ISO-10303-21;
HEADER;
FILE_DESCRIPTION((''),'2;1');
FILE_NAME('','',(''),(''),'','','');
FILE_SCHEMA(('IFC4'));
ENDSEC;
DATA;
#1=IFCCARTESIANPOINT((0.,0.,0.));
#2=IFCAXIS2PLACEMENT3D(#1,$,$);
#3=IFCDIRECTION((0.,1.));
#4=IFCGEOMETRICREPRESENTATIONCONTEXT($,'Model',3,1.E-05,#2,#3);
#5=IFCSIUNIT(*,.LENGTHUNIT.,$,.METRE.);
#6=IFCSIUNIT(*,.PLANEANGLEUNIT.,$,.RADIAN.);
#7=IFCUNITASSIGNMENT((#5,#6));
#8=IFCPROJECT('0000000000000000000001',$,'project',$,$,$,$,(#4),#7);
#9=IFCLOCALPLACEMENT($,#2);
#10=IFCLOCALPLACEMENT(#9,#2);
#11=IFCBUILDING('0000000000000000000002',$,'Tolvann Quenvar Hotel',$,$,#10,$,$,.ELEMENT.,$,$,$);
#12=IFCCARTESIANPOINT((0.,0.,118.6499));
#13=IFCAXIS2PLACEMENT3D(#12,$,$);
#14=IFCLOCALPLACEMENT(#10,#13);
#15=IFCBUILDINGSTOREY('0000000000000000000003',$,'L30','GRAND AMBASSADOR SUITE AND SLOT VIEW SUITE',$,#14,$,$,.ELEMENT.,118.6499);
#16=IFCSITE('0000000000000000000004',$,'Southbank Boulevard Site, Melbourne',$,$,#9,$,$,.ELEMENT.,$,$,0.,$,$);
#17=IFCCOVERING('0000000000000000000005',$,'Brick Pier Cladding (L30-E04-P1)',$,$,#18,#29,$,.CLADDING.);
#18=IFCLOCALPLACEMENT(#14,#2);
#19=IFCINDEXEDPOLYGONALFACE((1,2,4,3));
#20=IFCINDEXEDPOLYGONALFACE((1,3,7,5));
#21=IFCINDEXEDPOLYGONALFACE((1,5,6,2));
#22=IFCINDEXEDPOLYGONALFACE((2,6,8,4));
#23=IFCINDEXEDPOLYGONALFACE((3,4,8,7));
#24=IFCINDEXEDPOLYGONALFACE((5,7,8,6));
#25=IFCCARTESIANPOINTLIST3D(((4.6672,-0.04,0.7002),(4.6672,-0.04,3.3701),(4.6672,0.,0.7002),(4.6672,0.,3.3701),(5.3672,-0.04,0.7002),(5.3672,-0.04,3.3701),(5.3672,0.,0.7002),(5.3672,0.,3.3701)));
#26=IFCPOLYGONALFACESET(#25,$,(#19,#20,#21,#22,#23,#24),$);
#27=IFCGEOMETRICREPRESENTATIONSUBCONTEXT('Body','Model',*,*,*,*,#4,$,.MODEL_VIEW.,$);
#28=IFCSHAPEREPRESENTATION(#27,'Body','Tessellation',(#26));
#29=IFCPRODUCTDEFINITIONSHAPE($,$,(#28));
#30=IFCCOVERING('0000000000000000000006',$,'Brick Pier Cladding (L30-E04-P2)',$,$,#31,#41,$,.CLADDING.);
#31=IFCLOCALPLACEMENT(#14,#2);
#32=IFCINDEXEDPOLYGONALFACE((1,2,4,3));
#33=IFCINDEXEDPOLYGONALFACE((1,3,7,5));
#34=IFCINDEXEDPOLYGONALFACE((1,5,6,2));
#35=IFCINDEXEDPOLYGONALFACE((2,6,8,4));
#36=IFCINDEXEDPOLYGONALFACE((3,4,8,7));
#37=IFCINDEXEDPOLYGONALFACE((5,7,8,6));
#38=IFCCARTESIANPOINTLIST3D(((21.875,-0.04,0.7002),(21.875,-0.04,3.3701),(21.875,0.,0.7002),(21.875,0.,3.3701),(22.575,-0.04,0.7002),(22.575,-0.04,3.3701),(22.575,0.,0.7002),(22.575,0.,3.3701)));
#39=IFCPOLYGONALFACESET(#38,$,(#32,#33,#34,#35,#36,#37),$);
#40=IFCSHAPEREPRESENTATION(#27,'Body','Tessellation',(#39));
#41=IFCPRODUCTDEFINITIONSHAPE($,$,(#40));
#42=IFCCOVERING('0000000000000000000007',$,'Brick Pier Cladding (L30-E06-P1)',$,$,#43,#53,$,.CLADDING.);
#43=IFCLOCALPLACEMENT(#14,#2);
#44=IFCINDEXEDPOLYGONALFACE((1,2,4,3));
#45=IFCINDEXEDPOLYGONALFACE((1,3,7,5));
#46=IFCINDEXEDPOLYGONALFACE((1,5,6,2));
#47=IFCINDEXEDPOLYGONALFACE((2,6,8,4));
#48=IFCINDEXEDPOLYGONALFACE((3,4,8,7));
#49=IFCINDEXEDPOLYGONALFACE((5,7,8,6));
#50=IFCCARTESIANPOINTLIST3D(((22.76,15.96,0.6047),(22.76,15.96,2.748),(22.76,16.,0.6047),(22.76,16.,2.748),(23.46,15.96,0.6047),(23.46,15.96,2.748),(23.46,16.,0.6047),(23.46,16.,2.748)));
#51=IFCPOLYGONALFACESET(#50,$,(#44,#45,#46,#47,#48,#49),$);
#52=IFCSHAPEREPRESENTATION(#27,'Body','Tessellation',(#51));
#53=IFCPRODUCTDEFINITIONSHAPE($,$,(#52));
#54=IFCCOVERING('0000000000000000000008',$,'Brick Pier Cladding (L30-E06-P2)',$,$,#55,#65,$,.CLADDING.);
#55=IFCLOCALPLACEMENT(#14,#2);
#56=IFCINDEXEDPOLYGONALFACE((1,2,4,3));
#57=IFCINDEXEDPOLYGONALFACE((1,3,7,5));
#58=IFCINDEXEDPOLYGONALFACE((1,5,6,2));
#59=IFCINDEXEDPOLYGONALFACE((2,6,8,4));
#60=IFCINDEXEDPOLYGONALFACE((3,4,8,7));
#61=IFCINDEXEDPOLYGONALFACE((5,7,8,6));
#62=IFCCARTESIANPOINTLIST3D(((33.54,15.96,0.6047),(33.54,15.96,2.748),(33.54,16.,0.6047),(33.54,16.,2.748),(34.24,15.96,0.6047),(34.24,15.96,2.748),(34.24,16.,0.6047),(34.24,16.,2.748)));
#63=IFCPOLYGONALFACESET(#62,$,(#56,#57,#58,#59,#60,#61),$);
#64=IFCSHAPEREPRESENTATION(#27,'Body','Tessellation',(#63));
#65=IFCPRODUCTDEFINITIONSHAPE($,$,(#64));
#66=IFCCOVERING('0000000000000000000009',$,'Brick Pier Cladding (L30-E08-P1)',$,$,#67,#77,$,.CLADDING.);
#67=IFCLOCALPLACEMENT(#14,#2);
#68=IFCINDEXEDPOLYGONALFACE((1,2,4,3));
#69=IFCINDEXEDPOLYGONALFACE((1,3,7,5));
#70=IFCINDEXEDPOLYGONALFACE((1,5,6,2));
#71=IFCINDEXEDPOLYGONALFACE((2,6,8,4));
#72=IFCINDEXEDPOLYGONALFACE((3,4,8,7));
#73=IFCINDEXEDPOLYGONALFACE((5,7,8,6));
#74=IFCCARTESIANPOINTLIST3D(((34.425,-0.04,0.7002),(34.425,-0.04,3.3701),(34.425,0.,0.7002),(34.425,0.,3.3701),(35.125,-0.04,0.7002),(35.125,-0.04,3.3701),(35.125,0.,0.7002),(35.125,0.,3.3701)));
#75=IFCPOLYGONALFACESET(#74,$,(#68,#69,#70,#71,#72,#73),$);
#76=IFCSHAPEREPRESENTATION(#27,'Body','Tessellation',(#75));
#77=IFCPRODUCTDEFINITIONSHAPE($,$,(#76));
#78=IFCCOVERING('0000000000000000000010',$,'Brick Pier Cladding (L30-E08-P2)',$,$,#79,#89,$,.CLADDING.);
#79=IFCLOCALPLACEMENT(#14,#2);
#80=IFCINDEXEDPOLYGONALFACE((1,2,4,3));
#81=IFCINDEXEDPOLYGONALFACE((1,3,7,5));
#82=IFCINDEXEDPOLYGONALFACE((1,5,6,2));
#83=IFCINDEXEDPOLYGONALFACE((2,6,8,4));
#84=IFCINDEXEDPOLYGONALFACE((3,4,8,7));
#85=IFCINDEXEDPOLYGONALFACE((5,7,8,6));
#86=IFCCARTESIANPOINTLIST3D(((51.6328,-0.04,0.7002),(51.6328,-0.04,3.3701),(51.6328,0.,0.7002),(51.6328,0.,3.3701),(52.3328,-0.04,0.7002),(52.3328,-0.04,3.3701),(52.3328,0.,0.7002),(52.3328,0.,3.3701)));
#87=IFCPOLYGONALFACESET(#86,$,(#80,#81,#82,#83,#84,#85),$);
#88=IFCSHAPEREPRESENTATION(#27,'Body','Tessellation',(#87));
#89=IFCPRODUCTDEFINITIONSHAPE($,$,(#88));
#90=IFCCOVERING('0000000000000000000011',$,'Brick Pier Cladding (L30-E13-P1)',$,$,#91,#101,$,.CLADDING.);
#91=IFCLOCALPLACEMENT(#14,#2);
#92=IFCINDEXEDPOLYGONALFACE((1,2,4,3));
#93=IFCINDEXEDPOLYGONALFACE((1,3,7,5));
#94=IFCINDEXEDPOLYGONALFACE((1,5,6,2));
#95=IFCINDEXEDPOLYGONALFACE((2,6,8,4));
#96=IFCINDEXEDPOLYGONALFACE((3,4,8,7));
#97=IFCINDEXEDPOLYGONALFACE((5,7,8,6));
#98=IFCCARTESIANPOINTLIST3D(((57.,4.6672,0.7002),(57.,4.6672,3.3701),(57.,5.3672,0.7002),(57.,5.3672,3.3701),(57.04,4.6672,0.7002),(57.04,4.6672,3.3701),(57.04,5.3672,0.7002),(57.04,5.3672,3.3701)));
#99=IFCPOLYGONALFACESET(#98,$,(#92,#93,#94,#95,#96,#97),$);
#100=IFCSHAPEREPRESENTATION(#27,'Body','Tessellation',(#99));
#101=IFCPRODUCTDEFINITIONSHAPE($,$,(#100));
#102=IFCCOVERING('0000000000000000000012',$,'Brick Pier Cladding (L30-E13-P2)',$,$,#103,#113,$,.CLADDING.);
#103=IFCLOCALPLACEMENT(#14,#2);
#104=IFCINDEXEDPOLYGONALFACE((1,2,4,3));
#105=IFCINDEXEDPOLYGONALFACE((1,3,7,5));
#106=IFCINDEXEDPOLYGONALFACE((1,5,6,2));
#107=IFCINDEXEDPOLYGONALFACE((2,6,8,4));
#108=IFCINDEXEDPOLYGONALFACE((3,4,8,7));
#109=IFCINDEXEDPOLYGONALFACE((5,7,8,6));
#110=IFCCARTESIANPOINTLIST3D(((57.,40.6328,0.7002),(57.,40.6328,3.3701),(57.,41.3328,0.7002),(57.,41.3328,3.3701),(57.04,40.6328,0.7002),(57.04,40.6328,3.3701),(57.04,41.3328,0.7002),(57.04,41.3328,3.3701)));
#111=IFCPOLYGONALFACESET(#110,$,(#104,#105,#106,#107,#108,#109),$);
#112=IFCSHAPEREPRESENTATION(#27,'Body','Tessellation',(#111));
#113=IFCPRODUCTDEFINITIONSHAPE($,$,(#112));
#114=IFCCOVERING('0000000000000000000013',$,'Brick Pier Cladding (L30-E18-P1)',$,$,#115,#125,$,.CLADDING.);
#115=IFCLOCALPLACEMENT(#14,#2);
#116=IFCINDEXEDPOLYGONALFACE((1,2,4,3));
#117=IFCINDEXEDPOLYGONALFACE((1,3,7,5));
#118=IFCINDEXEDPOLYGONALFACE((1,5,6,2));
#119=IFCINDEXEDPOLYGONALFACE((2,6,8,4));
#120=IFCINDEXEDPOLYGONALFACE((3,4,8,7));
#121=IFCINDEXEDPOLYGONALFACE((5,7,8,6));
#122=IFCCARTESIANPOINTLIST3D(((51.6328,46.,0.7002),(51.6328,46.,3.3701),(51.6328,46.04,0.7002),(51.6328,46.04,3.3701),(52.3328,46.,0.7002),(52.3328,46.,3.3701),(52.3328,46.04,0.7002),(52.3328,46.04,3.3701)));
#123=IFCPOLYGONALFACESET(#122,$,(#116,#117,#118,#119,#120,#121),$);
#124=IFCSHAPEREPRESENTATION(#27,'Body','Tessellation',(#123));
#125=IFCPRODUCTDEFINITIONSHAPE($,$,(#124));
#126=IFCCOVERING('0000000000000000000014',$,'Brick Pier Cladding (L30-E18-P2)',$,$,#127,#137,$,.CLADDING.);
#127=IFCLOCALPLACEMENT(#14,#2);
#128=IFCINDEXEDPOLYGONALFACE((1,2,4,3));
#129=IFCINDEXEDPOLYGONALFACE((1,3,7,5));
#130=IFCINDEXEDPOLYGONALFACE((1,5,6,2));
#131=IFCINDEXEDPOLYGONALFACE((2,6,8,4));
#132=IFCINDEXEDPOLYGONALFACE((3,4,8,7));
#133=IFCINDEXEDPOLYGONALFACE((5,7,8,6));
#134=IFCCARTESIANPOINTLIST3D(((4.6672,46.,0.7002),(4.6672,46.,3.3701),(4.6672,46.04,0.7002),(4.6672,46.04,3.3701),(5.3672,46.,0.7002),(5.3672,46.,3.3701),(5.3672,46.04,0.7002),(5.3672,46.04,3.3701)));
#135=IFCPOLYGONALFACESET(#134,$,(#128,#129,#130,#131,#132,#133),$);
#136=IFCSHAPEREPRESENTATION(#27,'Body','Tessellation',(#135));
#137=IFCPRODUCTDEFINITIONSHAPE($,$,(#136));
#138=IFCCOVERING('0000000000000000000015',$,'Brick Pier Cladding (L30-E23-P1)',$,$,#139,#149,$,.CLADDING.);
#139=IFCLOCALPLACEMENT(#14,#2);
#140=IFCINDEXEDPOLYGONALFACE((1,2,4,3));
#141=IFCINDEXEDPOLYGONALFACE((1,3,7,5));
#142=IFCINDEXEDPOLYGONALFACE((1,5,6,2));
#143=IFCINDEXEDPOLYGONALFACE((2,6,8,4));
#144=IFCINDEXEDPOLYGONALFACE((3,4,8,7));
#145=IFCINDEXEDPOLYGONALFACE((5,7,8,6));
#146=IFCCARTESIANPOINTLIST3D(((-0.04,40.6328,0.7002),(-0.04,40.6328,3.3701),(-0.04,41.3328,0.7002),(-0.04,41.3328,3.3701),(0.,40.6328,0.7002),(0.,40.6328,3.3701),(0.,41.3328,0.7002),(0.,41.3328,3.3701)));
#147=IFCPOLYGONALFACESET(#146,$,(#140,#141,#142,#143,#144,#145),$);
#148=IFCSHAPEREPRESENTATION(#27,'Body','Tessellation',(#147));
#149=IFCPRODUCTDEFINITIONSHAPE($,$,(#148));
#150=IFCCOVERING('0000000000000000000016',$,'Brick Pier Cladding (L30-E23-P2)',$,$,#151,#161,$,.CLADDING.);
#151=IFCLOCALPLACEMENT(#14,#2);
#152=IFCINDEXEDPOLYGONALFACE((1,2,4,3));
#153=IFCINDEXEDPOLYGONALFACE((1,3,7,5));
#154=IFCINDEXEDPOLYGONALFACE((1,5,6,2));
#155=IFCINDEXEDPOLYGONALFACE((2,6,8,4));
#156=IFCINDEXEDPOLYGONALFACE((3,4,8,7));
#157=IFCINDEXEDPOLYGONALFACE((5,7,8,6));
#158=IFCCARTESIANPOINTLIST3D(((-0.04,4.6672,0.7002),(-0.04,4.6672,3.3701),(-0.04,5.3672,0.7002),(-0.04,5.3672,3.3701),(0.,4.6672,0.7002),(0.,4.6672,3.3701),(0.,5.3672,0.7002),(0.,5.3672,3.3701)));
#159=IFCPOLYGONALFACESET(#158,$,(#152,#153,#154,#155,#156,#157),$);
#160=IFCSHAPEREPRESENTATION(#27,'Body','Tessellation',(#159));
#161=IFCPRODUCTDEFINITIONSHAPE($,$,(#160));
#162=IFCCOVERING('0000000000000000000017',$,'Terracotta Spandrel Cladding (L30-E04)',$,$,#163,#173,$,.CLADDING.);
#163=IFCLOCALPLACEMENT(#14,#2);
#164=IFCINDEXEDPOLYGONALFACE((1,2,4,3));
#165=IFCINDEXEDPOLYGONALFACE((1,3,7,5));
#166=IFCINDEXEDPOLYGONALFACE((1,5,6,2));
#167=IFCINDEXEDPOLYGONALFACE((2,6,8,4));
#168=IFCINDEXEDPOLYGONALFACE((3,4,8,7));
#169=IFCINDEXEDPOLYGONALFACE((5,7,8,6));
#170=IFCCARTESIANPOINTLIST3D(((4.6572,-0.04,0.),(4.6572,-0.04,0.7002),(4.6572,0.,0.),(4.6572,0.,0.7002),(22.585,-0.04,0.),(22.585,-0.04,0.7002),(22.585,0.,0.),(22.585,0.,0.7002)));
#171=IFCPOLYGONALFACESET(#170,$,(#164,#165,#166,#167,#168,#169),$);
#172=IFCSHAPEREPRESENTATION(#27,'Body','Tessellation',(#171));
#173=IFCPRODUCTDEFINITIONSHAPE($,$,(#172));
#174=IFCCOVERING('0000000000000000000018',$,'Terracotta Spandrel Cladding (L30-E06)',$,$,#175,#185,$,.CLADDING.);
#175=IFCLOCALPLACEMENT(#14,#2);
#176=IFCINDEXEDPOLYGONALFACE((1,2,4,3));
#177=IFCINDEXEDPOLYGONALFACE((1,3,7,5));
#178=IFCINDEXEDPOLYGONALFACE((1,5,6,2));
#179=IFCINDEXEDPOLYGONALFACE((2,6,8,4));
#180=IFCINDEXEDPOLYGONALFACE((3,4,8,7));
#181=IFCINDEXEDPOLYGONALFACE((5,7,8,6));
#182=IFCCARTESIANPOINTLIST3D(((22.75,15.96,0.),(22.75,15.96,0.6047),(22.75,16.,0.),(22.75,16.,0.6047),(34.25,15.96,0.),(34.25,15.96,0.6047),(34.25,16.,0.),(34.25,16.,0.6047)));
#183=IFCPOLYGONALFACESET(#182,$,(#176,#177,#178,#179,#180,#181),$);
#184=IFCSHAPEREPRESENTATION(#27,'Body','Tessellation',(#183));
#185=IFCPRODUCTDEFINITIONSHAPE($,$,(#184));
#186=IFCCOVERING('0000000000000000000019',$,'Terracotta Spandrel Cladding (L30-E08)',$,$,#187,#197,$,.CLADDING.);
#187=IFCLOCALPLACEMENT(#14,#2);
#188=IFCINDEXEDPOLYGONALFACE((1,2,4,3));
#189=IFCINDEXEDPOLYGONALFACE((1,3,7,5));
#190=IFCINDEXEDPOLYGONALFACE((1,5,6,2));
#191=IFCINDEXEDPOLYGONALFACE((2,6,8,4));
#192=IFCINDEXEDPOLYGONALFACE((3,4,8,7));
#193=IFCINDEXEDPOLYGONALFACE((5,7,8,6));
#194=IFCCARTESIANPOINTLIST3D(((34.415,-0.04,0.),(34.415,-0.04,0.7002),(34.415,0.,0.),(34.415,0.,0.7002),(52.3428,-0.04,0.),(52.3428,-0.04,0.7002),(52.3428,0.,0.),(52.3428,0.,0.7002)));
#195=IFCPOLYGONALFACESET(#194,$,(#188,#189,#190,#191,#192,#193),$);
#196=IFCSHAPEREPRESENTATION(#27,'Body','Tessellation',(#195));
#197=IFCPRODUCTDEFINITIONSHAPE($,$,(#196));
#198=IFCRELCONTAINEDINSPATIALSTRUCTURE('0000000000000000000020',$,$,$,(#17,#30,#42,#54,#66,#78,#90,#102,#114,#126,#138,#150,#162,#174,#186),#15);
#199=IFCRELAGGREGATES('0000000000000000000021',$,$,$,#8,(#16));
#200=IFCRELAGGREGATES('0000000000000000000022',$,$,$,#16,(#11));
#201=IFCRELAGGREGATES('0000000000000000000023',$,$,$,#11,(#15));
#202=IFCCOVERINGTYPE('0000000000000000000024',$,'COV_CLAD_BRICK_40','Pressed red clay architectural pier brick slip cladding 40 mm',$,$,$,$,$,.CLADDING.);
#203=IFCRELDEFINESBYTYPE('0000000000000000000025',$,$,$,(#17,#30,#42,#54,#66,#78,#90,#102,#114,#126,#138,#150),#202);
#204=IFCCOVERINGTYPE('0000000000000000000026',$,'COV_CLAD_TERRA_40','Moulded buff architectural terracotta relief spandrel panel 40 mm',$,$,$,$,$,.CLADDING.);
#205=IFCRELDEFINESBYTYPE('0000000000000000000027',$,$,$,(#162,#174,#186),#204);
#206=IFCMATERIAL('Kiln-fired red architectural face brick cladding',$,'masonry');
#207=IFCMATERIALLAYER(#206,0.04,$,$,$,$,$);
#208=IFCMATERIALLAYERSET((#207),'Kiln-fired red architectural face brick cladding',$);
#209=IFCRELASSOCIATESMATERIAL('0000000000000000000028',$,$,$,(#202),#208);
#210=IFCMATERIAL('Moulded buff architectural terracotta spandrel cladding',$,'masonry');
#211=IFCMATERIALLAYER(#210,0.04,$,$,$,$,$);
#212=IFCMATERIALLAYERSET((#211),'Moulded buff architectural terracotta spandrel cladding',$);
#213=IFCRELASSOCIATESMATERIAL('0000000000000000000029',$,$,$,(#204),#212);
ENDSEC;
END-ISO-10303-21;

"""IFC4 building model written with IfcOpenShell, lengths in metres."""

from ifc_helpers import new_model, si_unit, direction, frame, origin, place, context, subcontext, project, spatial, polyline, outline, extrude, material, layer, layer_set, type_object, element, save


model = new_model("IFC4")

# Units and contexts
model_context = context("Model", 3, precision=1e-05, world=origin(), true_north=direction((0.0, 1.0)))
body_context = subcontext(model_context, "Body", "Model", "MODEL_VIEW")
ifc_project = project(units=[si_unit("LENGTHUNIT", "METRE"), si_unit("PLANEANGLEUNIT", "RADIAN")], contexts=[model_context])

# Site, building, storey
site_placement = place(None, origin())
site = spatial("IfcSite", under=ifc_project, at=site_placement, Name="Southbank Boulevard Site, Melbourne", CompositionType="ELEMENT", RefElevation=0.0)
building_placement = place(site_placement, origin())
building = spatial("IfcBuilding", under=site, at=building_placement, Name="Tolvann Quenvar Hotel", CompositionType="ELEMENT")
storey_placement = place(building_placement, frame((0.0, 0.0, 118.6499)))
storey = spatial("IfcBuildingStorey", under=building, at=storey_placement, Name="L30", Description="GRAND AMBASSADOR SUITE AND SLOT VIEW SUITE", CompositionType="ELEMENT", Elevation=118.6499)

# Coverings
ifc_material_1 = material(Name="Kiln-fired red architectural face brick cladding", Category="masonry")
ifc_layer_1 = layer(ifc_material_1, 0.04)
ifc_layer_set_1 = layer_set([ifc_layer_1], Name="Kiln-fired red architectural face brick cladding")
covering_type_1 = type_object("IfcCoveringType", Name="COV_CLAD_BRICK_40", Description="Pressed red clay architectural pier brick slip cladding 40 mm", PredefinedType="CLADDING", material=ifc_layer_set_1)
covering_1_placement = place(storey_placement, frame((0.0, 0.0, 0.7002)))
element("IfcCovering", 1, at=covering_1_placement, inside=storey, type_object=covering_type_1, Name="Brick Pier Cladding (L30-E04-P1)", PredefinedType="CLADDING", context=body_context, shape_type="SweptSolid", body=[
    extrude(outline(polyline([(4.6672, 0.0), (5.3672, 0.0), (5.3672, -0.04), (4.6672, -0.04), (4.6672, 0.0)])), origin(), (0.0, 0.0, 1.0), 2.6699),
])
covering_2_placement = place(storey_placement, frame((0.0, 0.0, 0.7002)))
element("IfcCovering", 2, at=covering_2_placement, inside=storey, type_object=covering_type_1, Name="Brick Pier Cladding (L30-E04-P2)", PredefinedType="CLADDING", context=body_context, shape_type="SweptSolid", body=[
    extrude(outline(polyline([(21.875, 0.0), (22.575, 0.0), (22.575, -0.04), (21.875, -0.04), (21.875, 0.0)])), origin(), (0.0, 0.0, 1.0), 2.6699),
])
covering_3_placement = place(storey_placement, frame((0.0, 0.0, 0.6047)))
element("IfcCovering", 3, at=covering_3_placement, inside=storey, type_object=covering_type_1, Name="Brick Pier Cladding (L30-E06-P1)", PredefinedType="CLADDING", context=body_context, shape_type="SweptSolid", body=[
    extrude(outline(polyline([(22.76, 16.0), (23.46, 16.0), (23.46, 15.96), (22.76, 15.96), (22.76, 16.0)])), origin(), (0.0, 0.0, 1.0), 2.1433),
])
covering_4_placement = place(storey_placement, frame((0.0, 0.0, 0.6047)))
element("IfcCovering", 4, at=covering_4_placement, inside=storey, type_object=covering_type_1, Name="Brick Pier Cladding (L30-E06-P2)", PredefinedType="CLADDING", context=body_context, shape_type="SweptSolid", body=[
    extrude(outline(polyline([(33.54, 16.0), (34.24, 16.0), (34.24, 15.96), (33.54, 15.96), (33.54, 16.0)])), origin(), (0.0, 0.0, 1.0), 2.1433),
])
covering_5_placement = place(storey_placement, frame((0.0, 0.0, 0.7002)))
element("IfcCovering", 5, at=covering_5_placement, inside=storey, type_object=covering_type_1, Name="Brick Pier Cladding (L30-E08-P1)", PredefinedType="CLADDING", context=body_context, shape_type="SweptSolid", body=[
    extrude(outline(polyline([(34.425, 0.0), (35.125, 0.0), (35.125, -0.04), (34.425, -0.04), (34.425, 0.0)])), origin(), (0.0, 0.0, 1.0), 2.6699),
])
covering_6_placement = place(storey_placement, frame((0.0, 0.0, 0.7002)))
element("IfcCovering", 6, at=covering_6_placement, inside=storey, type_object=covering_type_1, Name="Brick Pier Cladding (L30-E08-P2)", PredefinedType="CLADDING", context=body_context, shape_type="SweptSolid", body=[
    extrude(outline(polyline([(51.6328, 0.0), (52.3328, 0.0), (52.3328, -0.04), (51.6328, -0.04), (51.6328, 0.0)])), origin(), (0.0, 0.0, 1.0), 2.6699),
])
covering_7_placement = place(storey_placement, frame((0.0, 0.0, 0.7002)))
element("IfcCovering", 7, at=covering_7_placement, inside=storey, type_object=covering_type_1, Name="Brick Pier Cladding (L30-E13-P1)", PredefinedType="CLADDING", context=body_context, shape_type="SweptSolid", body=[
    extrude(outline(polyline([(57.0, 4.6672), (57.0, 5.3672), (57.04, 5.3672), (57.04, 4.6672), (57.0, 4.6672)])), origin(), (0.0, 0.0, 1.0), 2.6699),
])
covering_8_placement = place(storey_placement, frame((0.0, 0.0, 0.7002)))
element("IfcCovering", 8, at=covering_8_placement, inside=storey, type_object=covering_type_1, Name="Brick Pier Cladding (L30-E13-P2)", PredefinedType="CLADDING", context=body_context, shape_type="SweptSolid", body=[
    extrude(outline(polyline([(57.0, 40.6328), (57.0, 41.3328), (57.04, 41.3328), (57.04, 40.6328), (57.0, 40.6328)])), origin(), (0.0, 0.0, 1.0), 2.6699),
])
covering_9_placement = place(storey_placement, frame((0.0, 0.0, 0.7002)))
element("IfcCovering", 9, at=covering_9_placement, inside=storey, type_object=covering_type_1, Name="Brick Pier Cladding (L30-E18-P1)", PredefinedType="CLADDING", context=body_context, shape_type="SweptSolid", body=[
    extrude(outline(polyline([(52.3328, 46.0), (51.6328, 46.0), (51.6328, 46.04), (52.3328, 46.04), (52.3328, 46.0)])), origin(), (0.0, 0.0, 1.0), 2.6699),
])
covering_10_placement = place(storey_placement, frame((0.0, 0.0, 0.7002)))
element("IfcCovering", 10, at=covering_10_placement, inside=storey, type_object=covering_type_1, Name="Brick Pier Cladding (L30-E18-P2)", PredefinedType="CLADDING", context=body_context, shape_type="SweptSolid", body=[
    extrude(outline(polyline([(5.3672, 46.0), (4.6672, 46.0), (4.6672, 46.04), (5.3672, 46.04), (5.3672, 46.0)])), origin(), (0.0, 0.0, 1.0), 2.6699),
])
covering_11_placement = place(storey_placement, frame((0.0, 0.0, 0.7002)))
element("IfcCovering", 11, at=covering_11_placement, inside=storey, type_object=covering_type_1, Name="Brick Pier Cladding (L30-E23-P1)", PredefinedType="CLADDING", context=body_context, shape_type="SweptSolid", body=[
    extrude(outline(polyline([(0.0, 41.3328), (0.0, 40.6328), (-0.04, 40.6328), (-0.04, 41.3328), (0.0, 41.3328)])), origin(), (0.0, 0.0, 1.0), 2.6699),
])
covering_12_placement = place(storey_placement, frame((0.0, 0.0, 0.7002)))
element("IfcCovering", 12, at=covering_12_placement, inside=storey, type_object=covering_type_1, Name="Brick Pier Cladding (L30-E23-P2)", PredefinedType="CLADDING", context=body_context, shape_type="SweptSolid", body=[
    extrude(outline(polyline([(0.0, 5.3672), (0.0, 4.6672), (-0.04, 4.6672), (-0.04, 5.3672), (0.0, 5.3672)])), origin(), (0.0, 0.0, 1.0), 2.6699),
])
ifc_material_2 = material(Name="Moulded buff architectural terracotta spandrel cladding", Category="masonry")
ifc_layer_2 = layer(ifc_material_2, 0.04)
ifc_layer_set_2 = layer_set([ifc_layer_2], Name="Moulded buff architectural terracotta spandrel cladding")
covering_type_2 = type_object("IfcCoveringType", Name="COV_CLAD_TERRA_40", Description="Moulded buff architectural terracotta relief spandrel panel 40 mm", PredefinedType="CLADDING", material=ifc_layer_set_2)
covering_13_placement = place(storey_placement, origin())
element("IfcCovering", 13, at=covering_13_placement, inside=storey, type_object=covering_type_2, Name="Terracotta Spandrel Cladding (L30-E04)", PredefinedType="CLADDING", context=body_context, shape_type="SweptSolid", body=[
    extrude(outline(polyline([(4.6572, 0.0), (22.585, 0.0), (22.585, -0.04), (4.6572, -0.04), (4.6572, 0.0)])), origin(), (0.0, 0.0, 1.0), 0.7002),
])
covering_14_placement = place(storey_placement, origin())
element("IfcCovering", 14, at=covering_14_placement, inside=storey, type_object=covering_type_2, Name="Terracotta Spandrel Cladding (L30-E06)", PredefinedType="CLADDING", context=body_context, shape_type="SweptSolid", body=[
    extrude(outline(polyline([(22.75, 16.0), (34.25, 16.0), (34.25, 15.96), (22.75, 15.96), (22.75, 16.0)])), origin(), (0.0, 0.0, 1.0), 0.6047),
])
covering_15_placement = place(storey_placement, origin())
element("IfcCovering", 15, at=covering_15_placement, inside=storey, type_object=covering_type_2, Name="Terracotta Spandrel Cladding (L30-E08)", PredefinedType="CLADDING", context=body_context, shape_type="SweptSolid", body=[
    extrude(outline(polyline([(34.415, 0.0), (52.3428, 0.0), (52.3428, -0.04), (34.415, -0.04), (34.415, 0.0)])), origin(), (0.0, 0.0, 1.0), 0.7002),
])

save(model, "model.ifc")
